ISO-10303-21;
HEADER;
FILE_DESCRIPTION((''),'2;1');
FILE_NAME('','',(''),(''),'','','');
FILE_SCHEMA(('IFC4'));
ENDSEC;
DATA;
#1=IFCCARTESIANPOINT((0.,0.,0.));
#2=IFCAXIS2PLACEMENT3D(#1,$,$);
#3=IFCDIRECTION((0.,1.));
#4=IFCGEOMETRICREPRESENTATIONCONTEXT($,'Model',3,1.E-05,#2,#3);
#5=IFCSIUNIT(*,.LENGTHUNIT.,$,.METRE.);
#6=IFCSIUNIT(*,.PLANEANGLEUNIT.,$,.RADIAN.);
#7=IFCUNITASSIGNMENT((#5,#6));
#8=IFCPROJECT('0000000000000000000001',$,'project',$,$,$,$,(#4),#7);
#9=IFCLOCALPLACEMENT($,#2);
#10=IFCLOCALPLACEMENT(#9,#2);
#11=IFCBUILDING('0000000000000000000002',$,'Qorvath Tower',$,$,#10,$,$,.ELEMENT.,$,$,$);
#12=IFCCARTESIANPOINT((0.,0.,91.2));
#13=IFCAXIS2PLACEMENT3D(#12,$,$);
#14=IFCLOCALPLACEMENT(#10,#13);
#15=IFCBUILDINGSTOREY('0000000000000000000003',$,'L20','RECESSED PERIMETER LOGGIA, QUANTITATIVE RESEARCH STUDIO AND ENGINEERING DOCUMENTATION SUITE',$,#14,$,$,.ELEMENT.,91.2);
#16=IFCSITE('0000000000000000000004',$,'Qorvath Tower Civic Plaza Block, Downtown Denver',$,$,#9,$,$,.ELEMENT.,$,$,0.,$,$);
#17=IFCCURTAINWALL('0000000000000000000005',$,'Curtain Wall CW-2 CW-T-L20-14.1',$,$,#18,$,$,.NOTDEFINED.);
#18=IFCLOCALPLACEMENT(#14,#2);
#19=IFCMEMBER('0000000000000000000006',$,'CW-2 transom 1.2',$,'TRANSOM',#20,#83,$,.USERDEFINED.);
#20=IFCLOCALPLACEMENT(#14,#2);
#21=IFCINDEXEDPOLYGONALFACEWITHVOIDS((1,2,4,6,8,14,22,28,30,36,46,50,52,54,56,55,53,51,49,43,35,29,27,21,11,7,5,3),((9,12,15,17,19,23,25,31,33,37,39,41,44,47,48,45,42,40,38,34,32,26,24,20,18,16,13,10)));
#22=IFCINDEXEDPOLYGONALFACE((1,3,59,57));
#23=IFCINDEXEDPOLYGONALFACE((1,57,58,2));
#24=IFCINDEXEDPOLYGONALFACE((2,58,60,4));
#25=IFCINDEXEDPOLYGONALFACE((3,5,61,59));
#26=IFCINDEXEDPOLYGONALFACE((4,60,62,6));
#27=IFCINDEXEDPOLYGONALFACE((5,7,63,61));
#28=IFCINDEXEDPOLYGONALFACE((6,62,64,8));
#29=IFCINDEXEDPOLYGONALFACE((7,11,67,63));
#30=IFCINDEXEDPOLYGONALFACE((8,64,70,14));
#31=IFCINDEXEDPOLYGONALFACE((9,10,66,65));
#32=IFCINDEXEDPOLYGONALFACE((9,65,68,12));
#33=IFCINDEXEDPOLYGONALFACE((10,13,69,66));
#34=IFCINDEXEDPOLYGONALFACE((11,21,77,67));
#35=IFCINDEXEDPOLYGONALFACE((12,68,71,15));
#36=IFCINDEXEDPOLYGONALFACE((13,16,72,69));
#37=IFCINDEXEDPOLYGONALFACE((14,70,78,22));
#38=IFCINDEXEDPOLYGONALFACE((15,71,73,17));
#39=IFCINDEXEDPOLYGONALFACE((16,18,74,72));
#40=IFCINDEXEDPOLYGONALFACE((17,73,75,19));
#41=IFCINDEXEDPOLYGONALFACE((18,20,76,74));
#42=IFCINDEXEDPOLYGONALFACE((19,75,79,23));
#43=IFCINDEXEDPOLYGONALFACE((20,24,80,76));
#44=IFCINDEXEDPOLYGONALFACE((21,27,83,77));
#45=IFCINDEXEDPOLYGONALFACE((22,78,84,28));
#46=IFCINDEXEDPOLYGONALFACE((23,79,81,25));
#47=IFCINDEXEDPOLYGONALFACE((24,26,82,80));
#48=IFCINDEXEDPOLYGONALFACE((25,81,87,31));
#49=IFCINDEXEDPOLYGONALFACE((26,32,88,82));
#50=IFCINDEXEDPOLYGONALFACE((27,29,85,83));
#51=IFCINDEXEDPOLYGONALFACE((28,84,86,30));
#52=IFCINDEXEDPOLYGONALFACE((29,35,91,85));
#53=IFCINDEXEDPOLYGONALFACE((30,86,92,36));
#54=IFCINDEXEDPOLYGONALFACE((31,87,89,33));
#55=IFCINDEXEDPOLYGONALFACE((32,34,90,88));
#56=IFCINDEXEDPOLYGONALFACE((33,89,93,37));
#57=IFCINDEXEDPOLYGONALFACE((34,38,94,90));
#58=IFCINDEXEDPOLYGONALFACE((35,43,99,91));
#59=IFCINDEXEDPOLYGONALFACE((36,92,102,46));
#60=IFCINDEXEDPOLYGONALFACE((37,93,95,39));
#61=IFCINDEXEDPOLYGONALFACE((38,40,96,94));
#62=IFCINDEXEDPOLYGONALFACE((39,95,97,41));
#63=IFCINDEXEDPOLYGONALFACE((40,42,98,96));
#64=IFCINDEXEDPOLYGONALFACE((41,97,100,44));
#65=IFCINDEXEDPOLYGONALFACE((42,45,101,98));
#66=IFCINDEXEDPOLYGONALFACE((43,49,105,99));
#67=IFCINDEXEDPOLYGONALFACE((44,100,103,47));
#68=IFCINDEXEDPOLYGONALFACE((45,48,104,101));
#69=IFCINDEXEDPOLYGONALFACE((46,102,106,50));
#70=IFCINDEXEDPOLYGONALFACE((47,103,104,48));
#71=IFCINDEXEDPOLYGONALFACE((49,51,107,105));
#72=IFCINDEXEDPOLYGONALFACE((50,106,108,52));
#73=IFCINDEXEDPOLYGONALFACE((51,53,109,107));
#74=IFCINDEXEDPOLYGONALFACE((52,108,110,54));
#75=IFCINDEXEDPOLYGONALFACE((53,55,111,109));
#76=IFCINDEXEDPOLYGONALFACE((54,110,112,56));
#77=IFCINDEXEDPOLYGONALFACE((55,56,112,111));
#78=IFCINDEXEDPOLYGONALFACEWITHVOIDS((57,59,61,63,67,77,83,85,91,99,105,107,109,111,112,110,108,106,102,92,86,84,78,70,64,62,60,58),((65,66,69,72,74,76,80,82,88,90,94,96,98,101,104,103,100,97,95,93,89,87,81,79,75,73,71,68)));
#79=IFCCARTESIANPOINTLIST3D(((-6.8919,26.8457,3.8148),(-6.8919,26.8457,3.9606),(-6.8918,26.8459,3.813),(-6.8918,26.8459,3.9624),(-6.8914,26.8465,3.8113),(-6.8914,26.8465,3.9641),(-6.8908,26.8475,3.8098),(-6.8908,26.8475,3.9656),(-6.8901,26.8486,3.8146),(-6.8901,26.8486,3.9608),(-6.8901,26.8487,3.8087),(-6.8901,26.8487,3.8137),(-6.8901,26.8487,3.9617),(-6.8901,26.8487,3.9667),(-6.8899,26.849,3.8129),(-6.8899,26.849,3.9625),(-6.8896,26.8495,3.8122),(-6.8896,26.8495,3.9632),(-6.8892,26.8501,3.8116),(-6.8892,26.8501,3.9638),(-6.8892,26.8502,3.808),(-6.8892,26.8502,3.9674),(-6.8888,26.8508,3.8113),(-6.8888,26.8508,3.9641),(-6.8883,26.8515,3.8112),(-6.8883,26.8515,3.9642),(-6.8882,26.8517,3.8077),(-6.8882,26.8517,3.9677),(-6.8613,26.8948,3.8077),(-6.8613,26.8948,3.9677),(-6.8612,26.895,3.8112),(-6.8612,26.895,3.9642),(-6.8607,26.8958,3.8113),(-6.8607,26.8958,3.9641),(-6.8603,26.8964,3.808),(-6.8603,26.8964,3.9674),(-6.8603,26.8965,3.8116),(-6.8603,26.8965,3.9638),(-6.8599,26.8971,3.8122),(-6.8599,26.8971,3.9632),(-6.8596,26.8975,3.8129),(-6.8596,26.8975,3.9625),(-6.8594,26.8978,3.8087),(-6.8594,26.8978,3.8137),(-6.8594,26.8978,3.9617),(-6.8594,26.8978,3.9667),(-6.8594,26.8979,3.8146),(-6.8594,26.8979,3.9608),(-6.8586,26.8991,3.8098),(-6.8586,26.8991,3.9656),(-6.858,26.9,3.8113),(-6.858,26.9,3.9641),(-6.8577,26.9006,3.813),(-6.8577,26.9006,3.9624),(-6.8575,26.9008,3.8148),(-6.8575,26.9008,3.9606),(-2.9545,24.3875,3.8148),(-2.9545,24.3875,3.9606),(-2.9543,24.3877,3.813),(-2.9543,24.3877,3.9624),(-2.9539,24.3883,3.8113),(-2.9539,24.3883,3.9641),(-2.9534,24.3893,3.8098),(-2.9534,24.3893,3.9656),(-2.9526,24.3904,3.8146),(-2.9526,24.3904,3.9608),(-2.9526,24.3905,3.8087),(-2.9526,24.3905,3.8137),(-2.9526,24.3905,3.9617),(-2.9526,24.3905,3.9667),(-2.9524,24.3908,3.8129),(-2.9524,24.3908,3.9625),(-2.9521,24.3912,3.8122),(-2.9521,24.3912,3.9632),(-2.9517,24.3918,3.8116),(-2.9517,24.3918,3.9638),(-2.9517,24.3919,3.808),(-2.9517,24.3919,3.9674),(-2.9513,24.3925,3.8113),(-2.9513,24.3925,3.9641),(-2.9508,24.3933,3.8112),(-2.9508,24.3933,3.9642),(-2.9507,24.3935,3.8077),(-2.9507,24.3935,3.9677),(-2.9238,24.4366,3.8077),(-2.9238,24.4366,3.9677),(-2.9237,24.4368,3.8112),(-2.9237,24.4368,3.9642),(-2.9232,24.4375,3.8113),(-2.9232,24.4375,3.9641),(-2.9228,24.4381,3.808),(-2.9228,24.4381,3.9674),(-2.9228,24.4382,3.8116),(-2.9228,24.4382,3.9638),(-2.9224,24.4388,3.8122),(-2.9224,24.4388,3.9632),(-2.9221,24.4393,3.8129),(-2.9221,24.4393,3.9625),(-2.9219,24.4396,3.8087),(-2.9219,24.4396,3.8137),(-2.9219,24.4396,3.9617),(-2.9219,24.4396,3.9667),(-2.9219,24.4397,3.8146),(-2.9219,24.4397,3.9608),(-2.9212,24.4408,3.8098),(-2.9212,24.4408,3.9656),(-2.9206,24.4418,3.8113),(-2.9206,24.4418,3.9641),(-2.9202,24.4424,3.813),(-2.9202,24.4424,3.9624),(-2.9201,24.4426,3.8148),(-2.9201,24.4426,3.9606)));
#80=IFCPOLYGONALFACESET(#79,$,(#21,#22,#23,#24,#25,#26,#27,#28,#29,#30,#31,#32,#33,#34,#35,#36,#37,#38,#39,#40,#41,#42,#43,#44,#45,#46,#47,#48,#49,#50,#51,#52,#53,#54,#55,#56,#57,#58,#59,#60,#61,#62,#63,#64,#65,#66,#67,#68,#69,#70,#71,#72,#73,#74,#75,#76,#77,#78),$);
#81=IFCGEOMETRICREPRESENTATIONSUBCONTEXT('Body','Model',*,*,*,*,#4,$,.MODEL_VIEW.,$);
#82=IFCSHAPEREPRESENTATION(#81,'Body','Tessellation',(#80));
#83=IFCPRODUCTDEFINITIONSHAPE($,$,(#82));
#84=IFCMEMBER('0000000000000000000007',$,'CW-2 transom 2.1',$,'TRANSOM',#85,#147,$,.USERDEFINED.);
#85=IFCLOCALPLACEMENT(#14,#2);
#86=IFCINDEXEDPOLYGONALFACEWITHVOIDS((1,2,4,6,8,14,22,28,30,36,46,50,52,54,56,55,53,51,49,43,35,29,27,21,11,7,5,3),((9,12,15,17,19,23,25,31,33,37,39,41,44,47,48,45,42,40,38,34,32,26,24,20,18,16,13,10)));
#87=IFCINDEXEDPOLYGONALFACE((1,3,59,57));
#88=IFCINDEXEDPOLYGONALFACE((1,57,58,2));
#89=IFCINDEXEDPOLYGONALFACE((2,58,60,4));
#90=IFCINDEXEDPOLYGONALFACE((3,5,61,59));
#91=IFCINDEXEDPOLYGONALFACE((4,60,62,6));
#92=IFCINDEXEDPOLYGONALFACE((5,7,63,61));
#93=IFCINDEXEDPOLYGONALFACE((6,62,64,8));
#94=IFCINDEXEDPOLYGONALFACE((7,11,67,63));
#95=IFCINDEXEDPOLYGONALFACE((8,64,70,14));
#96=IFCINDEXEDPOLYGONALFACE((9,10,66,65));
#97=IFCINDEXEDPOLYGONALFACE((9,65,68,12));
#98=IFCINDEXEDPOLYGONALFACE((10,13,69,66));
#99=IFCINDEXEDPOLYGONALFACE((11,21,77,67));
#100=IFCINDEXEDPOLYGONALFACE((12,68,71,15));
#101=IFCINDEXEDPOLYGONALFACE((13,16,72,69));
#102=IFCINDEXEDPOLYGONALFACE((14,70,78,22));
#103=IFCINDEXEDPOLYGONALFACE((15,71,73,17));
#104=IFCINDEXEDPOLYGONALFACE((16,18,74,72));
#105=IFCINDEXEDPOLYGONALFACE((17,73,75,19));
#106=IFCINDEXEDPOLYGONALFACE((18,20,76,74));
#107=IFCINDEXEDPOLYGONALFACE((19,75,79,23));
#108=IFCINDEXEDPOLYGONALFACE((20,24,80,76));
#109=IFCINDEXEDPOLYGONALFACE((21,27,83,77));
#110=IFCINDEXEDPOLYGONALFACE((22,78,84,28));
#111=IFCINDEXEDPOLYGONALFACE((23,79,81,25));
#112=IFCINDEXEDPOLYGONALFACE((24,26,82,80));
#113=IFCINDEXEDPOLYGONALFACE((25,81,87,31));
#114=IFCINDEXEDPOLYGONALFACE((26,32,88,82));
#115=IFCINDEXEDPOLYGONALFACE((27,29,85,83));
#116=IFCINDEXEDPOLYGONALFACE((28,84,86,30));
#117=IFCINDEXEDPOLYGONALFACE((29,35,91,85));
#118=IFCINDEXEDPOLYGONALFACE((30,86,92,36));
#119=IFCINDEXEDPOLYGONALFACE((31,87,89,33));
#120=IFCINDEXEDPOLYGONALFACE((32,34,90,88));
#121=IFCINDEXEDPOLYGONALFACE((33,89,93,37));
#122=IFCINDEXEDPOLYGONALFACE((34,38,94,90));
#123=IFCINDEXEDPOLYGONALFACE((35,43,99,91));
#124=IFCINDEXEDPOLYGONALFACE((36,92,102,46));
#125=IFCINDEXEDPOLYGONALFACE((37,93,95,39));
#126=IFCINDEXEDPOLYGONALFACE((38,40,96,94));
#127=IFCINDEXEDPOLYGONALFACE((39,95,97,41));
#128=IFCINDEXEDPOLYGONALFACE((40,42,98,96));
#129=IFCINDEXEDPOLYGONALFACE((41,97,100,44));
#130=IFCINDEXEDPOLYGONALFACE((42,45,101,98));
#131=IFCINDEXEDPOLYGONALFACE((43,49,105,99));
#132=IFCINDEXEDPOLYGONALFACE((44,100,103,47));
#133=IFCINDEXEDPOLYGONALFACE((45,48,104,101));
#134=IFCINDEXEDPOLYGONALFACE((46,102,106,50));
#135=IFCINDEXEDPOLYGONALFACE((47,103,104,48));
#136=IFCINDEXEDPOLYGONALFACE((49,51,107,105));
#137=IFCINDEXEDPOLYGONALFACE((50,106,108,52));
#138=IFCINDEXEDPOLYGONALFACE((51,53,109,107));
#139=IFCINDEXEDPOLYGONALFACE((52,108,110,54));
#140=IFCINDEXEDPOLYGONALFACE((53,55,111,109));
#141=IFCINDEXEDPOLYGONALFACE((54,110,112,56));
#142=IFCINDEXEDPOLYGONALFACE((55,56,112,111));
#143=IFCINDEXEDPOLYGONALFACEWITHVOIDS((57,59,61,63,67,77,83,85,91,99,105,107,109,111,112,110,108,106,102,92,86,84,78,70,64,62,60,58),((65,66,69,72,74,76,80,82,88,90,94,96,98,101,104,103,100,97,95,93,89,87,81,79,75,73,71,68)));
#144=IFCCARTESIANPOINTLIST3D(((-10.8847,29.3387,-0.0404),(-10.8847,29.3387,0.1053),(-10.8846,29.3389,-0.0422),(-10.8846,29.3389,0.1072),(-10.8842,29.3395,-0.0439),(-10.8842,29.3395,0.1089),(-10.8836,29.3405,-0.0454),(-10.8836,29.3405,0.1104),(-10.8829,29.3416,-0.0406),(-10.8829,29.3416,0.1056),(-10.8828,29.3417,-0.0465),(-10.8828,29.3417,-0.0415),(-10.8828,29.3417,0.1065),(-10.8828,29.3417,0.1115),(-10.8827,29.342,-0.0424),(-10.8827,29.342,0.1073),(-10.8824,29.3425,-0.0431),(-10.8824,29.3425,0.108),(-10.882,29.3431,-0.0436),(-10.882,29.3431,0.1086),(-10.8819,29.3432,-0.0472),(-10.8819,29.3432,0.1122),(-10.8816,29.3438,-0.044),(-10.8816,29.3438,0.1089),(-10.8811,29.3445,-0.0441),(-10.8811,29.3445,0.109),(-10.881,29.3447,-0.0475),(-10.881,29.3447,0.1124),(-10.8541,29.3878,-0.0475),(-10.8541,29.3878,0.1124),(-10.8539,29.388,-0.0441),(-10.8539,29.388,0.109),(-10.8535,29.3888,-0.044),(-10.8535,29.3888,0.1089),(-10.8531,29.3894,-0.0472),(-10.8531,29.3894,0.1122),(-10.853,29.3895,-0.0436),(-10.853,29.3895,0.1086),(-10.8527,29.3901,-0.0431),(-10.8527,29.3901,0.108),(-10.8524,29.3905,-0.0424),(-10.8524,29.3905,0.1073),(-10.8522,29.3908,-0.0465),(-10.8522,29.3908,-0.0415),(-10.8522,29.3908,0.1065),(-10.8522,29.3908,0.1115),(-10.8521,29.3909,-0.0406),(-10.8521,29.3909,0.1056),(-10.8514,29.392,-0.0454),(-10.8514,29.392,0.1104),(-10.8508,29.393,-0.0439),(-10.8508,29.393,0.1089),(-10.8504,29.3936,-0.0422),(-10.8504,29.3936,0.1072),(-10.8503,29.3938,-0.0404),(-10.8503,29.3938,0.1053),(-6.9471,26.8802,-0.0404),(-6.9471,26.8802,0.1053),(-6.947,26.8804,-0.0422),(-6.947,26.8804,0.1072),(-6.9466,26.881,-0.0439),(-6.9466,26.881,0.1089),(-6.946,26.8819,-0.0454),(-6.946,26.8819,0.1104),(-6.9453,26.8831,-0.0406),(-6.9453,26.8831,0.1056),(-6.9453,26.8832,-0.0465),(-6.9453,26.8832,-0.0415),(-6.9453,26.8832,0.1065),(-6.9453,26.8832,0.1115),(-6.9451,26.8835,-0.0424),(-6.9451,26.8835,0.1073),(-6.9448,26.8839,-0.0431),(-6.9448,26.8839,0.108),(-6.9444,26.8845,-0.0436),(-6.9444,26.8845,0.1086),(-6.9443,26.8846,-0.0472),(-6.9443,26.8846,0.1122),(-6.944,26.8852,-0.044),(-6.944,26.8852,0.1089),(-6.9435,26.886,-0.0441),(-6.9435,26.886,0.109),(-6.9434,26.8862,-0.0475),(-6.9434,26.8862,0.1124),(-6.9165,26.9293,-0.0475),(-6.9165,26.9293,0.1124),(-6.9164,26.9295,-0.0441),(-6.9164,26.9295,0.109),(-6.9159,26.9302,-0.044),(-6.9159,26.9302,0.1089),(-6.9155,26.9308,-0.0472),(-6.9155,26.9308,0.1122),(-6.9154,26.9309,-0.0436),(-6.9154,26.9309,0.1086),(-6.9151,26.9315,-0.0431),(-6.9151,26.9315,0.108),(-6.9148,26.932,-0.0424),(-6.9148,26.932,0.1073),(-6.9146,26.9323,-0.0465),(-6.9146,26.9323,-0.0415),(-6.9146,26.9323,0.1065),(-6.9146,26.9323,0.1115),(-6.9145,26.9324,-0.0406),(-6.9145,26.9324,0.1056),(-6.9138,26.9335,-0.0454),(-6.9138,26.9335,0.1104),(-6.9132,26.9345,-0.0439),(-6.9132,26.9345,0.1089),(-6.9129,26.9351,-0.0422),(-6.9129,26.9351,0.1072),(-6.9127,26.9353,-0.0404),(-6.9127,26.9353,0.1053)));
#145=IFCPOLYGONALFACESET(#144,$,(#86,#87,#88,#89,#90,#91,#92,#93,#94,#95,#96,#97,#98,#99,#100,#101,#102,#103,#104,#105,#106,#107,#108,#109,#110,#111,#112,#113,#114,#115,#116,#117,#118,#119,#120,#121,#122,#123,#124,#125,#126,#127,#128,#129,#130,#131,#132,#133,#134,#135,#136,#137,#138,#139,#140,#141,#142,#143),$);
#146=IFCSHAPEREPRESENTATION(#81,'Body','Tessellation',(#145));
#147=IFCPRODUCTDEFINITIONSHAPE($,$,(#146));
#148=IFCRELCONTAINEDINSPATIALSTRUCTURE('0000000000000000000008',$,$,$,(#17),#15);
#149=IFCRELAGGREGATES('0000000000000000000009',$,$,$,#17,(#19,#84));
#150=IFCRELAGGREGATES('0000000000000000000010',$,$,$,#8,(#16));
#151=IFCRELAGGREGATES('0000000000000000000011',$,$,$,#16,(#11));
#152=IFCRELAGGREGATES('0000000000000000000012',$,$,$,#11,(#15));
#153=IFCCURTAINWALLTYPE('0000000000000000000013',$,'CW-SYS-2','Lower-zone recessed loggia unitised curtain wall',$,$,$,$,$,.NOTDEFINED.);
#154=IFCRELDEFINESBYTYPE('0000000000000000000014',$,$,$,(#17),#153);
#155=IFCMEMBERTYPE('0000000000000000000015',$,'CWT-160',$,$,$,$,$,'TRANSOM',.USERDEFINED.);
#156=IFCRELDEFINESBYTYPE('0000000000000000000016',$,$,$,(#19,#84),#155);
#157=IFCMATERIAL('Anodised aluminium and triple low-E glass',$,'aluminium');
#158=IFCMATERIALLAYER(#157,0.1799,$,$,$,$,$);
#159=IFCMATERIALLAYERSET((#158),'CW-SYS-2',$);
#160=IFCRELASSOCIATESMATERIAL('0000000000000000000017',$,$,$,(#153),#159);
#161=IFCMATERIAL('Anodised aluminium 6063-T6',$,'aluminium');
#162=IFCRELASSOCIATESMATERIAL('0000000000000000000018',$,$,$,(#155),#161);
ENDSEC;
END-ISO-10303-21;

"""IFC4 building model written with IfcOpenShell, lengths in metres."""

from ifc_helpers import new_model, si_unit, direction, frame, origin, origin_2d, place, context, subcontext, project, spatial, hollow_rectangle, extrude, material, layer, layer_set, material_profile, profile_set, type_object, element, aggregate, save


model = new_model("IFC4")

# Units and contexts
model_context = context("Model", 3, precision=1e-05, world=origin(), true_north=direction((0.0, 1.0)))
body_context = subcontext(model_context, "Body", "Model", "MODEL_VIEW")
ifc_project = project(units=[si_unit("LENGTHUNIT", "METRE"), si_unit("PLANEANGLEUNIT", "RADIAN")], contexts=[model_context])

# Site, building, storey
site_placement = place(None, origin())
site = spatial("IfcSite", under=ifc_project, at=site_placement, Name="Qorvath Tower Civic Plaza Block, Downtown Denver", CompositionType="ELEMENT", RefElevation=0.0)
building_placement = place(site_placement, origin())
building = spatial("IfcBuilding", under=site, at=building_placement, Name="Qorvath Tower", CompositionType="ELEMENT")
storey_placement = place(building_placement, frame((0.0, 0.0, 91.2)))
storey = spatial("IfcBuildingStorey", under=building, at=storey_placement, Name="L20", Description="RECESSED PERIMETER LOGGIA, QUANTITATIVE RESEARCH STUDIO AND ENGINEERING DOCUMENTATION SUITE", CompositionType="ELEMENT", Elevation=91.2)

# Shared definitions
ifc_material_1 = material(Name="Anodised aluminium and triple low-E glass", Category="aluminium")
ifc_layer_1 = layer(ifc_material_1, 0.1799)
ifc_layer_set_1 = layer_set([ifc_layer_1], Name="CW-SYS-2")
curtain_wall_type = type_object("IfcCurtainWallType", Name="CW-SYS-2", Description="Lower-zone recessed loggia unitised curtain wall", PredefinedType="NOTDEFINED", material=ifc_layer_set_1)

# Curtain wall
curtain_wall_1_placement = place(storey_placement, origin())
curtain_wall_1 = element("IfcCurtainWall", 1, at=curtain_wall_1_placement, inside=storey, type_object=curtain_wall_type, Name="Curtain Wall CW-2 CW-T-L20-14.1", PredefinedType="NOTDEFINED")

# Members
ifc_material_2 = material(Name="Anodised aluminium 6063-T6", Category="aluminium")
ifc_material_profile_1 = material_profile(ifc_material_2, hollow_rectangle(XDim=0.0649, YDim=0.1599, WallThickness=0.0034, InnerFilletRadius=0.0034, OuterFilletRadius=0.0071, at=origin_2d()), Name="CWT 160x65")
ifc_profile_set_1 = profile_set([ifc_material_profile_1], Name="Anodised aluminium 6063-T6")
member_type_1 = type_object("IfcMemberType", Name="CWT-160", ElementType="TRANSOM", PredefinedType="USERDEFINED", material=ifc_profile_set_1)
member_1_placement = place(storey_placement, frame((-2.9373, 24.415, 3.8877), z_axis=(-0.848258, 0.529583, 0.0), x_axis=(-0.529583, -0.848258, 0.0)))
member_1 = element("IfcMember", 2, at=member_1_placement, type_object=member_type_1, Name="CW-2 transom 1.2", ObjectType="TRANSOM", PredefinedType="USERDEFINED", context=body_context, shape_type="SweptSolid", body=[
    extrude(hollow_rectangle(XDim=0.0649, YDim=0.1599, WallThickness=0.0034, InnerFilletRadius=0.0034, OuterFilletRadius=0.0071, at=origin_2d()), origin(), (0.0, 0.0, 1.0), 4.6418),
])
member_2_placement = place(storey_placement, frame((-6.9299, 26.9077, 0.0325), z_axis=(-0.848235, 0.529621, 0.0), x_axis=(-0.529621, -0.848235, 0.0)))
member_2 = element("IfcMember", 3, at=member_2_placement, type_object=member_type_1, Name="CW-2 transom 2.1", ObjectType="TRANSOM", PredefinedType="USERDEFINED", context=body_context, shape_type="SweptSolid", body=[
    extrude(hollow_rectangle(XDim=0.0649, YDim=0.1599, WallThickness=0.0034, InnerFilletRadius=0.0034, OuterFilletRadius=0.0071, at=origin_2d()), origin(), (0.0, 0.0, 1.0), 4.6421),
])

aggregate(curtain_wall_1, [member_1, member_2])

save(model, "model.ifc")
